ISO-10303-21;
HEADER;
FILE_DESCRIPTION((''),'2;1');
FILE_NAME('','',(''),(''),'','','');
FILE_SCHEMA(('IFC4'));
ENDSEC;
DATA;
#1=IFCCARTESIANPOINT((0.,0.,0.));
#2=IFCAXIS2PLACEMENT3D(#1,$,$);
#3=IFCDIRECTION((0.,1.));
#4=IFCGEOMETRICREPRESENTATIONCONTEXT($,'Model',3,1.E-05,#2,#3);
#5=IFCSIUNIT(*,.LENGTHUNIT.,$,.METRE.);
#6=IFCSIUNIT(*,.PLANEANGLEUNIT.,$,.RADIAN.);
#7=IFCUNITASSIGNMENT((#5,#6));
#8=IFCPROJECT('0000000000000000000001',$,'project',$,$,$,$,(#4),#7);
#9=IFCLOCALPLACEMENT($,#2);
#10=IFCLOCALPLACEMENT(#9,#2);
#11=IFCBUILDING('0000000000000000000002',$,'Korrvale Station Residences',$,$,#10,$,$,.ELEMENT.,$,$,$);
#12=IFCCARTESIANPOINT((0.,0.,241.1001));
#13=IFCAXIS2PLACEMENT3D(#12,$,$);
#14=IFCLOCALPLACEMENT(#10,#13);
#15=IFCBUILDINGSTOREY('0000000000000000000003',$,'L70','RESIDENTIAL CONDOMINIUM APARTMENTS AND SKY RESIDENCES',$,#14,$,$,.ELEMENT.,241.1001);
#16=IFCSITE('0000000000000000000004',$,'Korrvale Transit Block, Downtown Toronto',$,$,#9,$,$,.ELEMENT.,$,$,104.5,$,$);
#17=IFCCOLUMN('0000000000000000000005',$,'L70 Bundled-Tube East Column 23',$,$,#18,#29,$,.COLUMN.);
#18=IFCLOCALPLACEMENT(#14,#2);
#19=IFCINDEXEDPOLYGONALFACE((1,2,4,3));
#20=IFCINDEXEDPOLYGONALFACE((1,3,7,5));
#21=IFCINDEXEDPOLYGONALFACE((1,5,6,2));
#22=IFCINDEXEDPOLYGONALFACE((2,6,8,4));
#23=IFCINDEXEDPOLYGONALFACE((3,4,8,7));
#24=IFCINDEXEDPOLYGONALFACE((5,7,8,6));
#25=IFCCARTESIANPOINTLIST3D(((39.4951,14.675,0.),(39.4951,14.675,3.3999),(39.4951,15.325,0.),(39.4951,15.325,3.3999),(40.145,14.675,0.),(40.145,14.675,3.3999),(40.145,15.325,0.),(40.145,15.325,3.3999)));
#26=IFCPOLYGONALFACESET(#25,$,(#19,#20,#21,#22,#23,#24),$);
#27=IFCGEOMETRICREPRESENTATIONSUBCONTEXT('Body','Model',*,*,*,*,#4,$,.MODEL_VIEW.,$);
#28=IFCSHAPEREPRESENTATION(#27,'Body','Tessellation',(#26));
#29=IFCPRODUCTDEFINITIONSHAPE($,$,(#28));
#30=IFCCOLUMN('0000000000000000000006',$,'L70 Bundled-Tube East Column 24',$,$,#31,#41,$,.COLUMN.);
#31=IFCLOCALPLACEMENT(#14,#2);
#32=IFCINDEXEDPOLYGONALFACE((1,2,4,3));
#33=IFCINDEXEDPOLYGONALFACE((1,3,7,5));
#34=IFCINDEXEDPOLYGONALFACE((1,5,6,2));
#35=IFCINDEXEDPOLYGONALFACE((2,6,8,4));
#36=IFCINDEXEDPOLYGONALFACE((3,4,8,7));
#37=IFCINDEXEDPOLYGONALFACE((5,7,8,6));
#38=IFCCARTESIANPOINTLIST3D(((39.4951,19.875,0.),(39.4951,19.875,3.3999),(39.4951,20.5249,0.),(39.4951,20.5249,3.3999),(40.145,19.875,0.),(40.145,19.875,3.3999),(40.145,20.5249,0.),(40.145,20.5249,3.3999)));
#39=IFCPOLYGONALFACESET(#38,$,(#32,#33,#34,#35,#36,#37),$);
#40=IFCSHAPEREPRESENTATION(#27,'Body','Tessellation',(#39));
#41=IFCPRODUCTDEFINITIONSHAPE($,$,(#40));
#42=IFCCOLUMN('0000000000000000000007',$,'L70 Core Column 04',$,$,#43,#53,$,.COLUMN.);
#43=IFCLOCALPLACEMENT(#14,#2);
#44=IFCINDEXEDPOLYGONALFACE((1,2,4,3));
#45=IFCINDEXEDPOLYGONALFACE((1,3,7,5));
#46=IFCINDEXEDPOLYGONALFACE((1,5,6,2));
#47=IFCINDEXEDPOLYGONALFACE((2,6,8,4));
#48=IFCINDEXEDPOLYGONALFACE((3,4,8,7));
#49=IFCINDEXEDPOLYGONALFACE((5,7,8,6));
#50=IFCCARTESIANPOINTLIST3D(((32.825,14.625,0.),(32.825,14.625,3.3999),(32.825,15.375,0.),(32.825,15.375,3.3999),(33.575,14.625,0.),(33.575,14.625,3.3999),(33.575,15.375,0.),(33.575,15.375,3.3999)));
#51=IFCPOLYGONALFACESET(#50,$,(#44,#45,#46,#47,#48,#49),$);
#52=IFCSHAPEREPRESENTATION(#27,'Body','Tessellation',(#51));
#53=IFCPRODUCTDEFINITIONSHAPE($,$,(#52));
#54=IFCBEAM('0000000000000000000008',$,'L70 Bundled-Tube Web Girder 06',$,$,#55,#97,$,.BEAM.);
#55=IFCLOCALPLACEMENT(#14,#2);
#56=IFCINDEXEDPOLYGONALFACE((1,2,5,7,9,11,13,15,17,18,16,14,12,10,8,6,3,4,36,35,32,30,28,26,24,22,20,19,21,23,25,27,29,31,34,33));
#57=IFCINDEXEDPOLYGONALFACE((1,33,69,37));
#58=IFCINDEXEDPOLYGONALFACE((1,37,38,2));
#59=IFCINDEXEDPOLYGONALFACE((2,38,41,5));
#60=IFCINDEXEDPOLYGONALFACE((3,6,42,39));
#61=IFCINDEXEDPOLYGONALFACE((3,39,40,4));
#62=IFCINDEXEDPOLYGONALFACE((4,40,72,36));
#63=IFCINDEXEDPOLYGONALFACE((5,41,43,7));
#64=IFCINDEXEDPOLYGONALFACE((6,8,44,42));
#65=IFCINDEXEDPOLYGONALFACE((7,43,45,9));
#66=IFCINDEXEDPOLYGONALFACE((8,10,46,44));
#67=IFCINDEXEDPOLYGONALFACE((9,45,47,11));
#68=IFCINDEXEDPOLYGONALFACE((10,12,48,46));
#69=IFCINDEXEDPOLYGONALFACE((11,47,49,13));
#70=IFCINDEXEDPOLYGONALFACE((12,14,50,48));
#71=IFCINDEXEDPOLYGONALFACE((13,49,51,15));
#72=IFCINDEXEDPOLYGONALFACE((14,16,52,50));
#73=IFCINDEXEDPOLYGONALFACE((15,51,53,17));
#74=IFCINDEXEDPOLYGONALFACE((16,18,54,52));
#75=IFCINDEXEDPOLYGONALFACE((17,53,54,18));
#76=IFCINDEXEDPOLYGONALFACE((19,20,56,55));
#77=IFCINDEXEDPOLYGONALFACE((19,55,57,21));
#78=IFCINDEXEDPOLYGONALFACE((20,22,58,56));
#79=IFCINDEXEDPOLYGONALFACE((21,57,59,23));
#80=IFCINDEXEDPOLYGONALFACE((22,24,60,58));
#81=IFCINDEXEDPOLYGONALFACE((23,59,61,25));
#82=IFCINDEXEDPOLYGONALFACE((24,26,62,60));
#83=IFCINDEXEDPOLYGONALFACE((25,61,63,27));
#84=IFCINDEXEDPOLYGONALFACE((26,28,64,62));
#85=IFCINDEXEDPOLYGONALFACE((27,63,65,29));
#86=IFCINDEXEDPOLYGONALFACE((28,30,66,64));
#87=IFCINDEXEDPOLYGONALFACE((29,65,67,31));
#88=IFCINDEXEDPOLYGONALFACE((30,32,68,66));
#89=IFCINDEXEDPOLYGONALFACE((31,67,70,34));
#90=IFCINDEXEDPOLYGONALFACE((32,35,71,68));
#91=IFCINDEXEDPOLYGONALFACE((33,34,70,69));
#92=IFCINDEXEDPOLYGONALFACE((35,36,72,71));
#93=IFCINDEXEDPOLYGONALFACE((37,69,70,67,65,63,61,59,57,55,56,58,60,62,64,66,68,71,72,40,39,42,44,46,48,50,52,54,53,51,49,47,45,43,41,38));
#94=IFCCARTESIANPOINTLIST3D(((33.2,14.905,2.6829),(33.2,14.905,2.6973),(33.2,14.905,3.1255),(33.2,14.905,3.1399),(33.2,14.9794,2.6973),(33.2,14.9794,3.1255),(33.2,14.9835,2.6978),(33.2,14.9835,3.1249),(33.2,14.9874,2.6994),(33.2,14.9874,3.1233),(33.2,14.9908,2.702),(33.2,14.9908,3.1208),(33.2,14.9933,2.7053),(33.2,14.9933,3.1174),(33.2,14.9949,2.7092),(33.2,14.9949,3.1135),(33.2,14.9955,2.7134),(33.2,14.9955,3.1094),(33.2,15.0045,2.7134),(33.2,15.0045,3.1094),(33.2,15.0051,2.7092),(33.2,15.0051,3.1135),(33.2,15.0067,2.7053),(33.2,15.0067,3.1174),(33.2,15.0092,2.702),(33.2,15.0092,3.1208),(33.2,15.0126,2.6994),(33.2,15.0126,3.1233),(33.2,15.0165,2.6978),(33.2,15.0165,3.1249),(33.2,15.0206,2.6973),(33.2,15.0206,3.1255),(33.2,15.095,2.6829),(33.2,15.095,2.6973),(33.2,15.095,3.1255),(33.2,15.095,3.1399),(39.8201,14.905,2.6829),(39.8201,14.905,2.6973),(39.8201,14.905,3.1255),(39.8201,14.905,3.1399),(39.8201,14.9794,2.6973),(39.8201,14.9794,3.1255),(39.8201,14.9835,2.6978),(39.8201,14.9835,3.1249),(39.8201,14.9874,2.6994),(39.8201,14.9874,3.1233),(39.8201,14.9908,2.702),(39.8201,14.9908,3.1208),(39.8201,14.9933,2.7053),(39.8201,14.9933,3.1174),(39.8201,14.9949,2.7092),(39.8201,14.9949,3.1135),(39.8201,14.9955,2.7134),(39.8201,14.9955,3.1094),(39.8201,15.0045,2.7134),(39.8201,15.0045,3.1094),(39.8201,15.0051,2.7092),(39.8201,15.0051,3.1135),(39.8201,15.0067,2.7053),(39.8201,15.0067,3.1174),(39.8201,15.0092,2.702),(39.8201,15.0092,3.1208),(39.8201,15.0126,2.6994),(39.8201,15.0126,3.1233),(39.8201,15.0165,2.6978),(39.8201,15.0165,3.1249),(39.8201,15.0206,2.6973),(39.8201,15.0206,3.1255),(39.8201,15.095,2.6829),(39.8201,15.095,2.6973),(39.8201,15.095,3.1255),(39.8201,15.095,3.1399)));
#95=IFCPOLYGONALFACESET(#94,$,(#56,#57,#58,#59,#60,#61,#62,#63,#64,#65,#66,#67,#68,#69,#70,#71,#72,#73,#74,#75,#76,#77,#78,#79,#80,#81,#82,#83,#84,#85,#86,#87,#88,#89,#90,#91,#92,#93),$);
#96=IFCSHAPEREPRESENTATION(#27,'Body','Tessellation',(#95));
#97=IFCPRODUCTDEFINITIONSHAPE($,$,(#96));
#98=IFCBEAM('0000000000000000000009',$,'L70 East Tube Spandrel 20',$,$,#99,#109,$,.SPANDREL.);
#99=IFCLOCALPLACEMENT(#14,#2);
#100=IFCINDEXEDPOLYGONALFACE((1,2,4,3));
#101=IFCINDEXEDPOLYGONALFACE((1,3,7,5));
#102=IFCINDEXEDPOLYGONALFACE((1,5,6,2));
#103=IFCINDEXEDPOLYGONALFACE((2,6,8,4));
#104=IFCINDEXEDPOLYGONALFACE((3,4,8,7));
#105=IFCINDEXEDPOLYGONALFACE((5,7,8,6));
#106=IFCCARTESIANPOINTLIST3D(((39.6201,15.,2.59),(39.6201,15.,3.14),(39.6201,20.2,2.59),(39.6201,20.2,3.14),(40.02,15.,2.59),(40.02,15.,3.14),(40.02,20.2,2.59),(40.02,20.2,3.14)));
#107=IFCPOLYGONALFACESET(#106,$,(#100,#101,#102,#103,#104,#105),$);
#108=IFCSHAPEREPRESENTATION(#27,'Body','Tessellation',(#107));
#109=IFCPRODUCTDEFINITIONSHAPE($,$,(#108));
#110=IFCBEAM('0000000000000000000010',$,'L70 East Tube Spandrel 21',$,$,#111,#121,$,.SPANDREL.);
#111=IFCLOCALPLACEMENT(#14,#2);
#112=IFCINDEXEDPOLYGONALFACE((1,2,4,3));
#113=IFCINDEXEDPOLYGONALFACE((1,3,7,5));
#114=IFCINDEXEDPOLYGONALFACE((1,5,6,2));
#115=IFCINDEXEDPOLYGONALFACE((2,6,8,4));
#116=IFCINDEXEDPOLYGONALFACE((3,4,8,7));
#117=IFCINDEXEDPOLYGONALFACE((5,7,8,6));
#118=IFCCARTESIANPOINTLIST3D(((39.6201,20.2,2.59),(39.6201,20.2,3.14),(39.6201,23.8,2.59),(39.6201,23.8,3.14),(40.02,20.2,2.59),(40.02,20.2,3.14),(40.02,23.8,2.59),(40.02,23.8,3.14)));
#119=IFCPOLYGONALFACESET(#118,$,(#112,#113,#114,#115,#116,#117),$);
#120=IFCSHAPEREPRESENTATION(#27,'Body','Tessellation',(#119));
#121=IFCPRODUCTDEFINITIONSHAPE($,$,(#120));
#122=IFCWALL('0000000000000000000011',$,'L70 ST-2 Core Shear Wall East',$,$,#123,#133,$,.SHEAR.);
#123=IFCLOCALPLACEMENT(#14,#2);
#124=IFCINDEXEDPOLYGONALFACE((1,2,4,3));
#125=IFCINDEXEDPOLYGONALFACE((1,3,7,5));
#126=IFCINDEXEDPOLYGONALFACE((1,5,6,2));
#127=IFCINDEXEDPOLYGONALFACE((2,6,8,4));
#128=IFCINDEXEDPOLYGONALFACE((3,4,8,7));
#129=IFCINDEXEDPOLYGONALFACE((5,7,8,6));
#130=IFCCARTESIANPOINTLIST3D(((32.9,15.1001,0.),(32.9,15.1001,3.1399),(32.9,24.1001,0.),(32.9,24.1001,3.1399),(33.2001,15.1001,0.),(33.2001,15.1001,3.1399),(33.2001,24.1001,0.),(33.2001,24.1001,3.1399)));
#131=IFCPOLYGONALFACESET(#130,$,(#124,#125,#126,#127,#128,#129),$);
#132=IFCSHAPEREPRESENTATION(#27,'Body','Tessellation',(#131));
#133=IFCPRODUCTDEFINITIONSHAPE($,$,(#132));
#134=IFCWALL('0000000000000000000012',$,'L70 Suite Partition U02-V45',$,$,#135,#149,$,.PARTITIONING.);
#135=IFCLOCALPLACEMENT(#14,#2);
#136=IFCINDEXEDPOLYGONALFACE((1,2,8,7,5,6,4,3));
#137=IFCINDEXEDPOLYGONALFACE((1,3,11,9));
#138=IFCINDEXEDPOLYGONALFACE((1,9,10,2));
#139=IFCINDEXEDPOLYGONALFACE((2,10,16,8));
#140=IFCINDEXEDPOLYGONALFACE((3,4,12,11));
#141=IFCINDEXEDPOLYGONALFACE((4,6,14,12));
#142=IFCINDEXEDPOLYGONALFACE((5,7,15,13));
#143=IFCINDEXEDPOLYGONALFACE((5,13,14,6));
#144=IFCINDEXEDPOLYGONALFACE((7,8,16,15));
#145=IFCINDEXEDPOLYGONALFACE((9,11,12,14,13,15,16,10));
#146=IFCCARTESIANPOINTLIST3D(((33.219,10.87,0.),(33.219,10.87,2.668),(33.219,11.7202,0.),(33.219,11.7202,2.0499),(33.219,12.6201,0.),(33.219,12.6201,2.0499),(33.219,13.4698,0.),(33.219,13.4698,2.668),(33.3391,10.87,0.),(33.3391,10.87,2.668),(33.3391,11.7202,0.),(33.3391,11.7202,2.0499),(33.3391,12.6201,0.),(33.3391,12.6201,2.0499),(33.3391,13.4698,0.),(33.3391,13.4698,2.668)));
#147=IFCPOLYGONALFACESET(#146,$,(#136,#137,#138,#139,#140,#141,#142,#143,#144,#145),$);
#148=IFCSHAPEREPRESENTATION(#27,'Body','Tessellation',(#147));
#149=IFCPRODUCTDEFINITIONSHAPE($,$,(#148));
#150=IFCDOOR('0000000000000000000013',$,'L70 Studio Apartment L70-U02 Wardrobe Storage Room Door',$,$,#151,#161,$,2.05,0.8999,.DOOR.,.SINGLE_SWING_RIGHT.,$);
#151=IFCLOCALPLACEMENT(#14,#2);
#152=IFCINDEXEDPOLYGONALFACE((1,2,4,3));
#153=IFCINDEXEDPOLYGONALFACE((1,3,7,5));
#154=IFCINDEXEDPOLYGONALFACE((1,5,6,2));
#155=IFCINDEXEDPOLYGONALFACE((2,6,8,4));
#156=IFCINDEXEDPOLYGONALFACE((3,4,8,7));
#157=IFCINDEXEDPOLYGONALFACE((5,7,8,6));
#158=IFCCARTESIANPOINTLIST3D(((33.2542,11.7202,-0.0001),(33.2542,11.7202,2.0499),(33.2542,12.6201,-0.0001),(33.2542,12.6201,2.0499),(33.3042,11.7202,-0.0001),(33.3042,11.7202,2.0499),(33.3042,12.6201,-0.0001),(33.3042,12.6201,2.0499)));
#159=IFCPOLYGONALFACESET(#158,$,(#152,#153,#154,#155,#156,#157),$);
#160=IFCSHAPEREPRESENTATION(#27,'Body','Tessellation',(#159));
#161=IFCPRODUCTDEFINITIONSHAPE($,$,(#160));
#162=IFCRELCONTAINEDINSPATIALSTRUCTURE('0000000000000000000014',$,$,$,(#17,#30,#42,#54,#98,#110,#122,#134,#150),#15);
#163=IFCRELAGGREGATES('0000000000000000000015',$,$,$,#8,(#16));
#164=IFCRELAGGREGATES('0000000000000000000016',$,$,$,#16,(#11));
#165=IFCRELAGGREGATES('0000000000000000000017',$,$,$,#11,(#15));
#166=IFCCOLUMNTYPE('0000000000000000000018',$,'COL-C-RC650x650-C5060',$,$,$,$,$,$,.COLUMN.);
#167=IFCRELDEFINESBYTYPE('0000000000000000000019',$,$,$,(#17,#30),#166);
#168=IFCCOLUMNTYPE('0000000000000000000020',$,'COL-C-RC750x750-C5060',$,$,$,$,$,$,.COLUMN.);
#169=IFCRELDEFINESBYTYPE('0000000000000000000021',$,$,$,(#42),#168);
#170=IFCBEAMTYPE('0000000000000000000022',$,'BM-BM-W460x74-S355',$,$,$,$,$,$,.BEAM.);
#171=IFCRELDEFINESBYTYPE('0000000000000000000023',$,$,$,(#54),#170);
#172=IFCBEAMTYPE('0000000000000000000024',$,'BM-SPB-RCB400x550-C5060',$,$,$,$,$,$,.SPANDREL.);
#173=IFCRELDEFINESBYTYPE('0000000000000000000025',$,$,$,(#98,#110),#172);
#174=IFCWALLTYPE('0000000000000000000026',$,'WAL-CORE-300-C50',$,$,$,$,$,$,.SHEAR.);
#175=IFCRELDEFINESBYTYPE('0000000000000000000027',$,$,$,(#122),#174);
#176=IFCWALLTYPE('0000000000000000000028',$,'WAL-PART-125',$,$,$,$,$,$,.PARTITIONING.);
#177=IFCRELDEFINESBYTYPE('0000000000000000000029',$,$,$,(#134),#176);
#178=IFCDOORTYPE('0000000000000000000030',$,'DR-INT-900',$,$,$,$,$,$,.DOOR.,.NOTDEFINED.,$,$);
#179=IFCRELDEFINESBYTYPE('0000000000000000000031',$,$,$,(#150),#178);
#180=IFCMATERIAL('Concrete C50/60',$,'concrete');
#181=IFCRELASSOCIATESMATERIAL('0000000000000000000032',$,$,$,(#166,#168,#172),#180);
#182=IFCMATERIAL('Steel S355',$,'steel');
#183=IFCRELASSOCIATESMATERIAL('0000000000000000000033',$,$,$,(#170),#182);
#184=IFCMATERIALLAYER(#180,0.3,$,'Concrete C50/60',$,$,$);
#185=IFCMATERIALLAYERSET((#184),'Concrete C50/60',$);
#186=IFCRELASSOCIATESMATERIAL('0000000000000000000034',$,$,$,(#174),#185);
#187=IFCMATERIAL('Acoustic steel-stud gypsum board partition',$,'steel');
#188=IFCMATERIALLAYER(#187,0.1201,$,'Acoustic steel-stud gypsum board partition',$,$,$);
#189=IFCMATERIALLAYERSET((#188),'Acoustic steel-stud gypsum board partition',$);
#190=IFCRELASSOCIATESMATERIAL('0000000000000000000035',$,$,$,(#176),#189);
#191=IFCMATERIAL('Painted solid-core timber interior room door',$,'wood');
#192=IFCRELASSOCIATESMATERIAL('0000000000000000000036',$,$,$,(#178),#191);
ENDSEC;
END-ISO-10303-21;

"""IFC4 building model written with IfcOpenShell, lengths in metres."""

from ifc_helpers import new_model, si_unit, direction, frame, frame_2d, origin, origin_2d, place, context, subcontext, project, spatial, rectangle, i_section, extrude, material, layer, layer_set, material_profile, profile_set, type_object, element, fill, save


model = new_model("IFC4")

# Units and contexts
model_context = context("Model", 3, precision=1e-05, world=origin(), true_north=direction((0.0, 1.0)))
body_context = subcontext(model_context, "Body", "Model", "MODEL_VIEW")
ifc_project = project(units=[si_unit("LENGTHUNIT", "METRE"), si_unit("PLANEANGLEUNIT", "RADIAN")], contexts=[model_context])

# Site, building, storey
site_placement = place(None, origin())
site = spatial("IfcSite", under=ifc_project, at=site_placement, Name="Korrvale Transit Block, Downtown Toronto", CompositionType="ELEMENT", RefElevation=104.5)
building_placement = place(site_placement, origin())
building = spatial("IfcBuilding", under=site, at=building_placement, Name="Korrvale Station Residences", CompositionType="ELEMENT")
storey_placement = place(building_placement, frame((0.0, 0.0, 241.1001)))
storey = spatial("IfcBuildingStorey", under=building, at=storey_placement, Name="L70", Description="RESIDENTIAL CONDOMINIUM APARTMENTS AND SKY RESIDENCES", CompositionType="ELEMENT", Elevation=241.1001)

# Columns
ifc_material_1 = material(Name="Concrete C50/60", Category="concrete")
ifc_material_profile_1 = material_profile(ifc_material_1, rectangle(XDim=0.6499, YDim=0.6499, at=origin_2d()), Name="RC650x650")
ifc_profile_set_1 = profile_set([ifc_material_profile_1], Name="Concrete C50/60")
column_type_1 = type_object("IfcColumnType", Name="COL-C-RC650x650-C5060", PredefinedType="COLUMN", material=ifc_profile_set_1)
for number, where, z_axis, x_axis, name in (
    (1, (39.8201, 15.0, 0.0), (0.0, 0.0, 1.0), (1.0, 0.0, 0.0), "L70 Bundled-Tube East Column 23"),
    (2, (39.8201, 20.2, 0.0), (0.0, 0.0, 1.0), (1.0, 0.0, 0.0), "L70 Bundled-Tube East Column 24"),
):
    element("IfcColumn", number, at=place(storey_placement, frame(where, z_axis=z_axis, x_axis=x_axis)), inside=storey, type_object=column_type_1, Name=name, PredefinedType="COLUMN", context=body_context, shape_type="SweptSolid", body=[
        extrude(rectangle(XDim=0.6499, YDim=0.6499, at=origin_2d()), origin(), (0.0, 0.0, 1.0), 3.3999),
    ])
ifc_material_profile_2 = material_profile(ifc_material_1, rectangle(XDim=0.75, YDim=0.75, at=origin_2d()), Name="RC750x750")
ifc_profile_set_2 = profile_set([ifc_material_profile_2], Name="Concrete C50/60")
column_type_2 = type_object("IfcColumnType", Name="COL-C-RC750x750-C5060", PredefinedType="COLUMN", material=ifc_profile_set_2)
column_placement = place(storey_placement, frame((33.2, 15.0, 0.0), z_axis=(0.0, 0.0, 1.0), x_axis=(1.0, 0.0, 0.0)))
element("IfcColumn", 3, at=column_placement, inside=storey, type_object=column_type_2, Name="L70 Core Column 04", PredefinedType="COLUMN", context=body_context, shape_type="SweptSolid", body=[
    extrude(rectangle(XDim=0.75, YDim=0.75, at=origin_2d()), origin(), (0.0, 0.0, 1.0), 3.3999),
])

# Beams
ifc_material_2 = material(Name="Steel S355", Category="steel")
ifc_material_profile_3 = material_profile(ifc_material_2, i_section(OverallWidth=0.1899, OverallDepth=0.457, WebThickness=0.009, FlangeThickness=0.0144, FilletRadius=0.0161, at=origin_2d()), Name="W460x74")
ifc_profile_set_3 = profile_set([ifc_material_profile_3], Name="Steel S355")
beam_type_1 = type_object("IfcBeamType", Name="BM-BM-W460x74-S355", PredefinedType="BEAM", material=ifc_profile_set_3)
beam_1_placement = place(storey_placement, frame((33.2, 15.0, 2.9114), z_axis=(1.0, 0.0, 0.0), x_axis=(0.0, 1.0, 0.0)))
element("IfcBeam", 4, at=beam_1_placement, inside=storey, type_object=beam_type_1, Name="L70 Bundled-Tube Web Girder 06", PredefinedType="BEAM", context=body_context, shape_type="SweptSolid", body=[
    extrude(i_section(OverallWidth=0.1899, OverallDepth=0.457, WebThickness=0.009, FlangeThickness=0.0144, FilletRadius=0.0161, at=origin_2d()), origin(), (0.0, 0.0, 1.0), 6.6201),
])
ifc_material_profile_4 = material_profile(ifc_material_1, rectangle(XDim=0.3999, YDim=0.55, at=origin_2d()), Name="RCB400x550")
ifc_profile_set_4 = profile_set([ifc_material_profile_4], Name="Concrete C50/60")
beam_type_2 = type_object("IfcBeamType", Name="BM-SPB-RCB400x550-C5060", PredefinedType="SPANDREL", material=ifc_profile_set_4)
beam_2_placement = place(storey_placement, frame((39.8201, 15.0, 2.865), z_axis=(0.0, 1.0, 0.0), x_axis=(-1.0, 0.0, 0.0)))
element("IfcBeam", 5, at=beam_2_placement, inside=storey, type_object=beam_type_2, Name="L70 East Tube Spandrel 20", PredefinedType="SPANDREL", context=body_context, shape_type="SweptSolid", body=[
    extrude(rectangle(XDim=0.3999, YDim=0.55, at=origin_2d()), origin(), (0.0, 0.0, 1.0), 5.2),
])
beam_3_placement = place(storey_placement, frame((39.8201, 20.2, 2.865), z_axis=(0.0, 1.0, 0.0), x_axis=(-1.0, 0.0, 0.0)))
element("IfcBeam", 6, at=beam_3_placement, inside=storey, type_object=beam_type_2, Name="L70 East Tube Spandrel 21", PredefinedType="SPANDREL", context=body_context, shape_type="SweptSolid", body=[
    extrude(rectangle(XDim=0.3999, YDim=0.55, at=origin_2d()), origin(), (0.0, 0.0, 1.0), 3.6001),
])

# Wall
ifc_layer_1 = layer(ifc_material_1, 0.3, Name="Concrete C50/60")
ifc_layer_set_1 = layer_set([ifc_layer_1], Name="Concrete C50/60")
wall_type_1 = type_object("IfcWallType", Name="WAL-CORE-300-C50", PredefinedType="SHEAR", material=ifc_layer_set_1)
wall_1_placement = place(storey_placement, frame((33.05, 15.1001, 0.0), z_axis=(0.0, 0.0, 1.0), x_axis=(0.0, 1.0, 0.0)))
element("IfcWall", 7, at=wall_1_placement, inside=storey, type_object=wall_type_1, Name="L70 ST-2 Core Shear Wall East", PredefinedType="SHEAR", context=body_context, shape_type="SweptSolid", body=[
    extrude(rectangle(XDim=9.0, YDim=0.3, at=frame_2d((4.5, 0.0))), origin(), (0.0, 0.0, 1.0), 3.1399),
])

# Wall, opening, door
ifc_material_3 = material(Name="Acoustic steel-stud gypsum board partition", Category="steel")
ifc_layer_2 = layer(ifc_material_3, 0.1201, Name="Acoustic steel-stud gypsum board partition")
ifc_layer_set_2 = layer_set([ifc_layer_2], Name="Acoustic steel-stud gypsum board partition")
wall_type_2 = type_object("IfcWallType", Name="WAL-PART-125", PredefinedType="PARTITIONING", material=ifc_layer_set_2)
wall_2_placement = place(storey_placement, frame((33.2791, 10.8701, 0.0), z_axis=(0.0, 0.0, 1.0), x_axis=(0.0, 1.0, 0.0)))
wall_2 = element("IfcWall", 8, at=wall_2_placement, inside=storey, type_object=wall_type_2, Name="L70 Suite Partition U02-V45", PredefinedType="PARTITIONING", context=body_context, shape_type="SweptSolid", body=[
    extrude(rectangle(XDim=2.5999, YDim=0.1201, at=frame_2d((1.2998, 0.0))), origin(), (0.0, 0.0, 1.0), 2.668),
])
opening_1_placement = place(wall_2_placement, frame((0.8501, 0.0, 0.0)))
opening_1 = element("IfcOpeningElement", 9, at=opening_1_placement, cuts=wall_2, PredefinedType="OPENING", context=body_context, shape_type="SweptSolid", body=[
    extrude(rectangle(XDim=0.8999, YDim=2.05, at=frame_2d((0.45, 1.0249))), frame((0.0, 0.0701, 0.0), z_axis=(0.0, -1.0, 0.0), x_axis=(1.0, 0.0, 0.0)), (0.0, 0.0, 1.0), 0.1401),
])
ifc_material_4 = material(Name="Painted solid-core timber interior room door", Category="wood")
door_type_1 = type_object("IfcDoorType", Name="DR-INT-900", OperationType="NOTDEFINED", PredefinedType="DOOR", material=ifc_material_4)
door_1_placement = place(opening_1_placement, origin())
door_1 = element("IfcDoor", 10, at=door_1_placement, inside=storey, type_object=door_type_1, Name="L70 Studio Apartment L70-U02 Wardrobe Storage Room Door", OperationType="SINGLE_SWING_RIGHT", OverallHeight=2.05, OverallWidth=0.8999, PredefinedType="DOOR", context=body_context, shape_type="SweptSolid", body=[
    extrude(rectangle(XDim=0.8999, YDim=2.05, at=frame_2d((0.45, 1.0249))), frame((0.0, 0.0249, 0.0), z_axis=(0.0, -1.0, 0.0), x_axis=(1.0, 0.0, 0.0)), (0.0, 0.0, 1.0), 0.05),
])
fill(opening_1, door_1)

save(model, "model.ifc")
